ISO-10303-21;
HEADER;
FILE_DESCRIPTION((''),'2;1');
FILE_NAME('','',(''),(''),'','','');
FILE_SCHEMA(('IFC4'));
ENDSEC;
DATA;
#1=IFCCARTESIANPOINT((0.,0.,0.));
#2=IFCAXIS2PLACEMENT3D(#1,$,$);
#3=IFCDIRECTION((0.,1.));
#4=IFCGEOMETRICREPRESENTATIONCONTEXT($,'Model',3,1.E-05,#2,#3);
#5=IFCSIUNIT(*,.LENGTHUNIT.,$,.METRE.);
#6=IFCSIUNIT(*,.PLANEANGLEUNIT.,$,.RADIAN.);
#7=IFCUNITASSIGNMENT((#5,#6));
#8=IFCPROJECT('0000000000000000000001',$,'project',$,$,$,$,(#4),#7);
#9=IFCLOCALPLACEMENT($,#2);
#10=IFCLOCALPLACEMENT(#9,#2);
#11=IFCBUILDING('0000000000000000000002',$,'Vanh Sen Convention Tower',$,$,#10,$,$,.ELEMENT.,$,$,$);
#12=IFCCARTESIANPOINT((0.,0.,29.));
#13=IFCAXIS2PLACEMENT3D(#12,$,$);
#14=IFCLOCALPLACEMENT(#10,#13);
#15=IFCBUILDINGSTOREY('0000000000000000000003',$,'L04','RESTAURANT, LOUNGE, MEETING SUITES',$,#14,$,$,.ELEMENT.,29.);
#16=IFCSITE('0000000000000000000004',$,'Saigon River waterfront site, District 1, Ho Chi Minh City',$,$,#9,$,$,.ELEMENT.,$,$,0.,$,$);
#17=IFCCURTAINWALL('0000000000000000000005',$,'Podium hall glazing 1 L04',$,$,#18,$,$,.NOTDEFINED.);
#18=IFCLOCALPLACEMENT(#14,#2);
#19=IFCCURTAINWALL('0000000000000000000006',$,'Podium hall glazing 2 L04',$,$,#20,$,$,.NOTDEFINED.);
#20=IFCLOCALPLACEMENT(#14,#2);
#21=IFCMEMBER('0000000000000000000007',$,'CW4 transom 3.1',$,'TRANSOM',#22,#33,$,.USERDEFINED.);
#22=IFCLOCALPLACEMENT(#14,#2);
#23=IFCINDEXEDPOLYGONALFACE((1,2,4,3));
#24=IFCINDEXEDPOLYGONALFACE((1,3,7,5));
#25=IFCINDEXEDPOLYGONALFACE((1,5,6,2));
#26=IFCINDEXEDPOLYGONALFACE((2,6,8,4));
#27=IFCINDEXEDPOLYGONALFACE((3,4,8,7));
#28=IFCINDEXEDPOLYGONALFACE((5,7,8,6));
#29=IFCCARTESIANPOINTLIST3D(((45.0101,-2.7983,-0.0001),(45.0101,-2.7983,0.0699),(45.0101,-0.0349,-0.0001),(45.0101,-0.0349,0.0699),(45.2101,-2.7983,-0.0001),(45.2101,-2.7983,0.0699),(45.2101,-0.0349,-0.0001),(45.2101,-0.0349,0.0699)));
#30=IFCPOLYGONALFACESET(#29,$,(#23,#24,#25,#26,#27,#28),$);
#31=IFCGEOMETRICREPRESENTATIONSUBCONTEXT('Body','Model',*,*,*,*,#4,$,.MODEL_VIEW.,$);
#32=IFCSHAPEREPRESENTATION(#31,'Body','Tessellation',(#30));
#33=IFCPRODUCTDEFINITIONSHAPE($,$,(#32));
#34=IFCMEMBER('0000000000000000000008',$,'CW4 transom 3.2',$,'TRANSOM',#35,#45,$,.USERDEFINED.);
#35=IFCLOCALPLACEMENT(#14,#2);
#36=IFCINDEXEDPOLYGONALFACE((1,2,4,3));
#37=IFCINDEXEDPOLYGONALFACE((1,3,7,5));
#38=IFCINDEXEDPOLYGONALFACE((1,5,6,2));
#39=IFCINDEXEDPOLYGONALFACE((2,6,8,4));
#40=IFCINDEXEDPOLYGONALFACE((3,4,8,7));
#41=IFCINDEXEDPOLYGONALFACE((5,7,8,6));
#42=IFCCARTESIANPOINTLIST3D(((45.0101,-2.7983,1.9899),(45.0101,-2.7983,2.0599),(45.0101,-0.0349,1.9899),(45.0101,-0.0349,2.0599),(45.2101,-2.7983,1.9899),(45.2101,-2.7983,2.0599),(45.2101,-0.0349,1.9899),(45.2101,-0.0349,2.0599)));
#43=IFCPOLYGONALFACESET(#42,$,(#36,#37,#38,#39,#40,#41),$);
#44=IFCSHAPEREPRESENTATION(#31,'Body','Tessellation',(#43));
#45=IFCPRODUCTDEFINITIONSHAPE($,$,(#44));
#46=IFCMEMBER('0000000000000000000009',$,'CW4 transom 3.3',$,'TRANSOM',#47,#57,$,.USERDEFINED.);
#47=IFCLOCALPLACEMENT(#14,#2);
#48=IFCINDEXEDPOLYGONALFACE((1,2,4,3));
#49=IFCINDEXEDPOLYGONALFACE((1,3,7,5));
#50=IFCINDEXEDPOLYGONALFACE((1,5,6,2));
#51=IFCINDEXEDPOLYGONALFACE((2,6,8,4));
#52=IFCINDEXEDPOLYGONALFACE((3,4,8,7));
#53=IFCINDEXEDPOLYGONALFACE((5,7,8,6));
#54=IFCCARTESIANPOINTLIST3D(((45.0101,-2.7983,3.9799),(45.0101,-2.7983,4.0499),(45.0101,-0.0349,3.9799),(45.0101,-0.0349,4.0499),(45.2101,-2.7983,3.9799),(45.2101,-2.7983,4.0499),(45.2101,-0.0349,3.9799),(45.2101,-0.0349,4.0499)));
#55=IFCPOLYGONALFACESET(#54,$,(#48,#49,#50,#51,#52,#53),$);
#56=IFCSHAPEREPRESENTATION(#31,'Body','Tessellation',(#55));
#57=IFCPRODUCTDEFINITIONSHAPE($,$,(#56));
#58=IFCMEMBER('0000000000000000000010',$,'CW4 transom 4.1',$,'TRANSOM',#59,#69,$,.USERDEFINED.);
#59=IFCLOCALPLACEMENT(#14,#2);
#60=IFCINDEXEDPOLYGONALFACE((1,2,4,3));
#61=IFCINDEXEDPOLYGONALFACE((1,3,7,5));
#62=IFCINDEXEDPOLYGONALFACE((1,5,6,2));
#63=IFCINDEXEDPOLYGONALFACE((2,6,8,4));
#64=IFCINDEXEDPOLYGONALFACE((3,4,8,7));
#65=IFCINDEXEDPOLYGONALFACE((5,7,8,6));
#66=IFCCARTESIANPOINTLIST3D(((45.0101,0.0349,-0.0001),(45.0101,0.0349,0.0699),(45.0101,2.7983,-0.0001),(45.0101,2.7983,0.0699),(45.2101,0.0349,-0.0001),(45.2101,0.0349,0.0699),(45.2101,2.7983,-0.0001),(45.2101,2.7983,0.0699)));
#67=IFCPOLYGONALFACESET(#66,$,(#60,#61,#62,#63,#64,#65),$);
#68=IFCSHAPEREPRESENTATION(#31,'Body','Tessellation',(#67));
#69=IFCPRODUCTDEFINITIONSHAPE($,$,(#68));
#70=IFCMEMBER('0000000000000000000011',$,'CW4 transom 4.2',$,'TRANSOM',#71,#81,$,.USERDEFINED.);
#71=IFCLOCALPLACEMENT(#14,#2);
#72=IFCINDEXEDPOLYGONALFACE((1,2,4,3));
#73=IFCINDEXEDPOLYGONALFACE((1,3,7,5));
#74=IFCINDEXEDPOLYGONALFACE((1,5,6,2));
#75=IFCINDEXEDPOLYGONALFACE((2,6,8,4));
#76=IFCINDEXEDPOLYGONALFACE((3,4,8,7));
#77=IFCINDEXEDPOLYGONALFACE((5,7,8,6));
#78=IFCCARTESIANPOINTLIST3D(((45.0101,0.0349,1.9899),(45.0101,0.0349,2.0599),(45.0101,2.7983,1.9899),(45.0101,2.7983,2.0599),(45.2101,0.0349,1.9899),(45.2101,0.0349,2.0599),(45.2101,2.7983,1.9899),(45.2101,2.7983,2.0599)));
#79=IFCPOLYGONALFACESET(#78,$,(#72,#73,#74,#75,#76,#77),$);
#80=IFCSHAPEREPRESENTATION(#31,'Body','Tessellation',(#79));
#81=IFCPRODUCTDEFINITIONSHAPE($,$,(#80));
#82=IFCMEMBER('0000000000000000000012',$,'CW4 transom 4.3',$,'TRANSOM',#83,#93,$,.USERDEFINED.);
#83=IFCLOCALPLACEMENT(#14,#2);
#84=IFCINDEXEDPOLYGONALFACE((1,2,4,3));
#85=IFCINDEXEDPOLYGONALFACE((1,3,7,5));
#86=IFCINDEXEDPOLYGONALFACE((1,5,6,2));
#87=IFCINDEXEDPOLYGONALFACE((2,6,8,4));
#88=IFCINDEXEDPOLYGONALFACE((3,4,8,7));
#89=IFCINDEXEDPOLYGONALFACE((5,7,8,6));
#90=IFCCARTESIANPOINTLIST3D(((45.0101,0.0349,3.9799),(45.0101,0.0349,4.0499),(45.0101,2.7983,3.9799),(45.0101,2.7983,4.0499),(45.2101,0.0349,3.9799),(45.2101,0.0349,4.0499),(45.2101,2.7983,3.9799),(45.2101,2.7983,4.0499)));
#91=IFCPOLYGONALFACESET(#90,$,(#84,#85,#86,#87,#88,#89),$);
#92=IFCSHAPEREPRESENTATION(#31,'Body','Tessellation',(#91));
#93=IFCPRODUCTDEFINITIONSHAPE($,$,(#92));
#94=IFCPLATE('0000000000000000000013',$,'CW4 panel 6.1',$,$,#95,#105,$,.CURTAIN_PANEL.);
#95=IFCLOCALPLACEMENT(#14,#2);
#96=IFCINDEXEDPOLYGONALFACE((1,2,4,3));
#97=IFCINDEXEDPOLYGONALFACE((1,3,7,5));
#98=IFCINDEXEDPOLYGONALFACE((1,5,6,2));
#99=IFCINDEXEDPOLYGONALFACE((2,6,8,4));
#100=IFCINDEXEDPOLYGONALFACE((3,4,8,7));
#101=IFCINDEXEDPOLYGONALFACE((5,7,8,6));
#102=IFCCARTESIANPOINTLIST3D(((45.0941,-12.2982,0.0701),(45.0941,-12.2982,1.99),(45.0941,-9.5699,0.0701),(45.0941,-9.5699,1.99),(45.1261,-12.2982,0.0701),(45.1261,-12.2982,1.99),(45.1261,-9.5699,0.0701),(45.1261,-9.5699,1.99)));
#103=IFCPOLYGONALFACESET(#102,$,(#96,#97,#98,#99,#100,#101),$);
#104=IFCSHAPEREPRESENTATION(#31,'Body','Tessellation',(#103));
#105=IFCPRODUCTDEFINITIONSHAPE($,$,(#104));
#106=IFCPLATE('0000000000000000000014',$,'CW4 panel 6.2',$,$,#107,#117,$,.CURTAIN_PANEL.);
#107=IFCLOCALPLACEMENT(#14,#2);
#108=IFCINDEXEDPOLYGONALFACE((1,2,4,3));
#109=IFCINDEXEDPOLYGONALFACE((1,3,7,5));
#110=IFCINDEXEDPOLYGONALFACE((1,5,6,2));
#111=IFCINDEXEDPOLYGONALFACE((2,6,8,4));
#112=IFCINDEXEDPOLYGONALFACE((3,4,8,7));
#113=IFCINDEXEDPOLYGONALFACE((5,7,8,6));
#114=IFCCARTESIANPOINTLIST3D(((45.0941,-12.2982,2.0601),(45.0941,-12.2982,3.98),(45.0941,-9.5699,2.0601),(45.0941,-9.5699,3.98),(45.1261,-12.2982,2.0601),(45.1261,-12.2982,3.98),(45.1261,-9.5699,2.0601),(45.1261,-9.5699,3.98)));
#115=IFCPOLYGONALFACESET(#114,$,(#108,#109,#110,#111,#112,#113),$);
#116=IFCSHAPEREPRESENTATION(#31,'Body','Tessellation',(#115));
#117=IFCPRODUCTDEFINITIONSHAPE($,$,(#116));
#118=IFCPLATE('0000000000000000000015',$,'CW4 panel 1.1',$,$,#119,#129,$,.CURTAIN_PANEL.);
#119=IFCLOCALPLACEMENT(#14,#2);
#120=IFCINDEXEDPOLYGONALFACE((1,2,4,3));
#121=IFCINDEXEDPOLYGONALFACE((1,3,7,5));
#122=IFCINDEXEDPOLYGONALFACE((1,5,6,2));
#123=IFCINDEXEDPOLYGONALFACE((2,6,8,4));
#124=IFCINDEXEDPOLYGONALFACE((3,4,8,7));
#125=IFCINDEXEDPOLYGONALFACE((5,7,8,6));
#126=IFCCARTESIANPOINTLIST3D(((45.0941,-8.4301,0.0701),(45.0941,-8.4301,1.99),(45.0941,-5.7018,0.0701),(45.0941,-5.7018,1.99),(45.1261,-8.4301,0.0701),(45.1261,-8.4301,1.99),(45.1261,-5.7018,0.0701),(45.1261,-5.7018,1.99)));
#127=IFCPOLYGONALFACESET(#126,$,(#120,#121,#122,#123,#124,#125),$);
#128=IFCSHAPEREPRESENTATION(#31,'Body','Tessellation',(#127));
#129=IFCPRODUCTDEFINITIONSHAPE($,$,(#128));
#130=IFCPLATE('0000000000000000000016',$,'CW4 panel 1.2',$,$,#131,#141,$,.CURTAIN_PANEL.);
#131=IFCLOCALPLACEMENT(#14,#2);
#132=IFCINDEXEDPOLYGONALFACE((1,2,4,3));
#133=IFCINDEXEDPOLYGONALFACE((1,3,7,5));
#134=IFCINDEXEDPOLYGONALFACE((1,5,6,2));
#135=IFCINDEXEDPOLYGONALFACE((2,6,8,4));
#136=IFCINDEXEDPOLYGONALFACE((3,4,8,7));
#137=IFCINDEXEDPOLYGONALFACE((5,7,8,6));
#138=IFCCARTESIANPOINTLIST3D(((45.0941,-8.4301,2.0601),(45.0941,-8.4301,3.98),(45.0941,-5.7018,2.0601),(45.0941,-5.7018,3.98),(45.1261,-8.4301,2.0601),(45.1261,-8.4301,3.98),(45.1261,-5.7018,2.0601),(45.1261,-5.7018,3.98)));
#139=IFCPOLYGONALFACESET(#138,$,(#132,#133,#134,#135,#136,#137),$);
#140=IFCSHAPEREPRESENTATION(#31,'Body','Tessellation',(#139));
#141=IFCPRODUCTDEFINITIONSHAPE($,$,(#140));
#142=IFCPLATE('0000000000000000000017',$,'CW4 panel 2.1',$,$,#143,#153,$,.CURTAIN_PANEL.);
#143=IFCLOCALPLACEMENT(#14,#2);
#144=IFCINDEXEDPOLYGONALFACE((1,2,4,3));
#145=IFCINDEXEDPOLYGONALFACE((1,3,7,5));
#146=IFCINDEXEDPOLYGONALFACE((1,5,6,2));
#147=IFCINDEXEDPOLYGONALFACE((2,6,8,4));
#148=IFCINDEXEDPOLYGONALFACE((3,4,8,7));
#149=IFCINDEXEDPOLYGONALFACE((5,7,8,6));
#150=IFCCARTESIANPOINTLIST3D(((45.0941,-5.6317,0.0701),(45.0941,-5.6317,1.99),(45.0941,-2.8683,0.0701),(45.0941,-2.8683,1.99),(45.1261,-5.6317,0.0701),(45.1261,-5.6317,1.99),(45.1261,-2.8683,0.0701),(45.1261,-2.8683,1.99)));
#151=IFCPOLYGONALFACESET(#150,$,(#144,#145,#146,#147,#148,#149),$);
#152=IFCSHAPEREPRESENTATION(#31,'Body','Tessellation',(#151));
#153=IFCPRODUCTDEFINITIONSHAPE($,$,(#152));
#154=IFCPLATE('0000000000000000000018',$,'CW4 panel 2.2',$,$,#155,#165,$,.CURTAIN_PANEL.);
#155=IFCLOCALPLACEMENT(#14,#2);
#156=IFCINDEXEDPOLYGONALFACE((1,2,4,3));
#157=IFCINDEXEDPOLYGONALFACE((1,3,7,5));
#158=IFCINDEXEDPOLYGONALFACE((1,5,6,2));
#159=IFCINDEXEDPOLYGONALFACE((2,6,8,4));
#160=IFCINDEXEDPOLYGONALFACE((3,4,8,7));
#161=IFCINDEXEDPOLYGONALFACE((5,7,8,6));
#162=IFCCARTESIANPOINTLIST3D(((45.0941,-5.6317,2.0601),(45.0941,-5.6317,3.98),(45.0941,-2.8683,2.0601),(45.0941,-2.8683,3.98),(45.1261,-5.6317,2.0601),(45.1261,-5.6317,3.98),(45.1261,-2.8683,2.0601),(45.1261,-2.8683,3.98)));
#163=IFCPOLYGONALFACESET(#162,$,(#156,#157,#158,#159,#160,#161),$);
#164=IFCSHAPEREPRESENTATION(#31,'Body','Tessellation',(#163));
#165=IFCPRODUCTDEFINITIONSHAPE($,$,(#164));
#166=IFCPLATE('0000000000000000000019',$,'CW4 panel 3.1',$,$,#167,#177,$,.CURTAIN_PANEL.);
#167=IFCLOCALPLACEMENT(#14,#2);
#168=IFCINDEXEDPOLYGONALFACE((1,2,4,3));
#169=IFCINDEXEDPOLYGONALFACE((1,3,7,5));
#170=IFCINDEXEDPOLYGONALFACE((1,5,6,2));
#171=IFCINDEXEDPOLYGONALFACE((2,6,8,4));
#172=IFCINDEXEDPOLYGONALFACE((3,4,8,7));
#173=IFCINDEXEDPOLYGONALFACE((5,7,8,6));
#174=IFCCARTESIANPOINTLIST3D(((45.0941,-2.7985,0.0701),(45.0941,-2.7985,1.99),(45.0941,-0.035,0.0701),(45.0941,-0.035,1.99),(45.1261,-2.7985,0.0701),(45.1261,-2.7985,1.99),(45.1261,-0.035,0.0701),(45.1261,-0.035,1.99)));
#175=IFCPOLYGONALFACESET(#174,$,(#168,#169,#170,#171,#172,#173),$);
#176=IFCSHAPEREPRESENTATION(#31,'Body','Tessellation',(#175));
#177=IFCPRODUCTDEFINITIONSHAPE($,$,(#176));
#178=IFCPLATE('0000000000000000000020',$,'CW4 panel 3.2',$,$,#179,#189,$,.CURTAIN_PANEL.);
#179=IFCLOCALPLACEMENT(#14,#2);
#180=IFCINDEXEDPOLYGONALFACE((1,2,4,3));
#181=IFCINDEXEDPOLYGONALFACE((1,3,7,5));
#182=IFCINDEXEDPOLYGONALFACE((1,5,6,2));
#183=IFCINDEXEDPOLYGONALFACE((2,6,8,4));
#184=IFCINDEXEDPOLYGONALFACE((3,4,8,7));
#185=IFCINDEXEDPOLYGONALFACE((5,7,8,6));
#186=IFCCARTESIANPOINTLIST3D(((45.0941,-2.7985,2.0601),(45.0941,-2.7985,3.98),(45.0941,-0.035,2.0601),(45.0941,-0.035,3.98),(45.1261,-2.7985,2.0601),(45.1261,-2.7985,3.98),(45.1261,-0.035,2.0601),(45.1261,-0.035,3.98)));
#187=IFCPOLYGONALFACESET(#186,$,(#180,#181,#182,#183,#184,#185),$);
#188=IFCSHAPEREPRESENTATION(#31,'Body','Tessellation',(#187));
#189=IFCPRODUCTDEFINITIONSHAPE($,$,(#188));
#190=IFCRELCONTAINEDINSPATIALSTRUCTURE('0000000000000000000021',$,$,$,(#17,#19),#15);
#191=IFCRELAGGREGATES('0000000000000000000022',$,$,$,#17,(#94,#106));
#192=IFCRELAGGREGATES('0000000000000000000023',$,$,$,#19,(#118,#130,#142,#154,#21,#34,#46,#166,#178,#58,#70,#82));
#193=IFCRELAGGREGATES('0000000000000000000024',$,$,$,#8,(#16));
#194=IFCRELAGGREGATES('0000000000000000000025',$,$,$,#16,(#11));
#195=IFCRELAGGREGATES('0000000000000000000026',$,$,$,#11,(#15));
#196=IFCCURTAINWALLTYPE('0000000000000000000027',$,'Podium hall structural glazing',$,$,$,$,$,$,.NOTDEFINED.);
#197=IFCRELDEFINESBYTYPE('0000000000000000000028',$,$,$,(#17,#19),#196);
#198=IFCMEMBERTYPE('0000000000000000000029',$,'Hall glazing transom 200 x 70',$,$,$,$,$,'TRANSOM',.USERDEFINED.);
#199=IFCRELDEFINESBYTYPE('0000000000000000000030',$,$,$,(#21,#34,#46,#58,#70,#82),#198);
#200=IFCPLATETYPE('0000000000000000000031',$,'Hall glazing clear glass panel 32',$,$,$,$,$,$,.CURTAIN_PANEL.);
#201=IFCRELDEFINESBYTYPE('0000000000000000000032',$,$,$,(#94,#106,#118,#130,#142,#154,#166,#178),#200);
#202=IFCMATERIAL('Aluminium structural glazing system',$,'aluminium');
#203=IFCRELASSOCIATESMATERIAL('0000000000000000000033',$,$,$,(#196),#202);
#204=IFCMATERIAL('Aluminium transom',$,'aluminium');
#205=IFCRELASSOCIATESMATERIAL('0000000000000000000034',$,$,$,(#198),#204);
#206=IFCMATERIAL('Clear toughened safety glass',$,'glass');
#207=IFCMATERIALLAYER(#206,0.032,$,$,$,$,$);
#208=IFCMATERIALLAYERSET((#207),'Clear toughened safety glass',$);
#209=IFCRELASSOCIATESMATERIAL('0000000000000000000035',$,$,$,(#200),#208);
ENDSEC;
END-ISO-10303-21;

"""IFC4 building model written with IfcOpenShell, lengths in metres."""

from ifc_helpers import new_model, si_unit, direction, frame, origin, origin_2d, place, context, subcontext, project, spatial, rectangle, extrude, material, layer, layer_set, material_profile, profile_set, type_object, element, aggregate, save


model = new_model("IFC4")

# Units and contexts
model_context = context("Model", 3, precision=1e-05, world=origin(), true_north=direction((0.0, 1.0)))
body_context = subcontext(model_context, "Body", "Model", "MODEL_VIEW")
ifc_project = project(units=[si_unit("LENGTHUNIT", "METRE"), si_unit("PLANEANGLEUNIT", "RADIAN")], contexts=[model_context])

# Site, building, storey
site_placement = place(None, origin())
site = spatial("IfcSite", under=ifc_project, at=site_placement, Name="Saigon River waterfront site, District 1, Ho Chi Minh City", CompositionType="ELEMENT", RefElevation=0.0)
building_placement = place(site_placement, origin())
building = spatial("IfcBuilding", under=site, at=building_placement, Name="Vanh Sen Convention Tower", CompositionType="ELEMENT")
storey_placement = place(building_placement, frame((0.0, 0.0, 29.0)))
storey = spatial("IfcBuildingStorey", under=building, at=storey_placement, Name="L04", Description="RESTAURANT, LOUNGE, MEETING SUITES", CompositionType="ELEMENT", Elevation=29.0)

# Curtain walls
ifc_material_1 = material(Name="Aluminium structural glazing system", Category="aluminium")
curtain_wall_type = type_object("IfcCurtainWallType", Name="Podium hall structural glazing", PredefinedType="NOTDEFINED", material=ifc_material_1)
curtain_wall_1_placement = place(storey_placement, origin())
curtain_wall_1 = element("IfcCurtainWall", 1, at=curtain_wall_1_placement, inside=storey, type_object=curtain_wall_type, Name="Podium hall glazing 1 L04", PredefinedType="NOTDEFINED")
curtain_wall_2_placement = place(storey_placement, origin())
curtain_wall_2 = element("IfcCurtainWall", 2, at=curtain_wall_2_placement, inside=storey, type_object=curtain_wall_type, Name="Podium hall glazing 2 L04", PredefinedType="NOTDEFINED")

# Members
ifc_material_2 = material(Name="Aluminium transom", Category="aluminium")
ifc_material_profile_1 = material_profile(ifc_material_2, rectangle(XDim=0.2, YDim=0.0701, at=origin_2d()), Name="Hall glazing transom 200 x 70")
ifc_profile_set_1 = profile_set([ifc_material_profile_1], Name="Aluminium transom")
member_type_1 = type_object("IfcMemberType", Name="Hall glazing transom 200 x 70", ElementType="TRANSOM", PredefinedType="USERDEFINED", material=ifc_profile_set_1)
member_1_placement = place(storey_placement, frame((45.1101, -2.7983, 0.0349), z_axis=(0.0, 1.0, 0.0), x_axis=(-1.0, 0.0, 0.0)))
member_1 = element("IfcMember", 3, at=member_1_placement, type_object=member_type_1, Name="CW4 transom 3.1", ObjectType="TRANSOM", PredefinedType="USERDEFINED", context=body_context, shape_type="SweptSolid", body=[
    extrude(rectangle(XDim=0.2, YDim=0.0701, at=origin_2d()), origin(), (0.0, 0.0, 1.0), 2.7634),
])
member_2_placement = place(storey_placement, frame((45.1101, -2.7983, 2.0249), z_axis=(0.0, 1.0, 0.0), x_axis=(-1.0, 0.0, 0.0)))
member_2 = element("IfcMember", 4, at=member_2_placement, type_object=member_type_1, Name="CW4 transom 3.2", ObjectType="TRANSOM", PredefinedType="USERDEFINED", context=body_context, shape_type="SweptSolid", body=[
    extrude(rectangle(XDim=0.2, YDim=0.0701, at=origin_2d()), origin(), (0.0, 0.0, 1.0), 2.7634),
])
member_3_placement = place(storey_placement, frame((45.1101, -2.7983, 4.0149), z_axis=(0.0, 1.0, 0.0), x_axis=(-1.0, 0.0, 0.0)))
member_3 = element("IfcMember", 5, at=member_3_placement, type_object=member_type_1, Name="CW4 transom 3.3", ObjectType="TRANSOM", PredefinedType="USERDEFINED", context=body_context, shape_type="SweptSolid", body=[
    extrude(rectangle(XDim=0.2, YDim=0.0701, at=origin_2d()), origin(), (0.0, 0.0, 1.0), 2.7634),
])
member_4_placement = place(storey_placement, frame((45.1101, 0.0349, 0.0349), z_axis=(0.0, 1.0, 0.0), x_axis=(-1.0, 0.0, 0.0)))
member_4 = element("IfcMember", 6, at=member_4_placement, type_object=member_type_1, Name="CW4 transom 4.1", ObjectType="TRANSOM", PredefinedType="USERDEFINED", context=body_context, shape_type="SweptSolid", body=[
    extrude(rectangle(XDim=0.2, YDim=0.0701, at=origin_2d()), origin(), (0.0, 0.0, 1.0), 2.7634),
])
member_5_placement = place(storey_placement, frame((45.1101, 0.0349, 2.0249), z_axis=(0.0, 1.0, 0.0), x_axis=(-1.0, 0.0, 0.0)))
member_5 = element("IfcMember", 7, at=member_5_placement, type_object=member_type_1, Name="CW4 transom 4.2", ObjectType="TRANSOM", PredefinedType="USERDEFINED", context=body_context, shape_type="SweptSolid", body=[
    extrude(rectangle(XDim=0.2, YDim=0.0701, at=origin_2d()), origin(), (0.0, 0.0, 1.0), 2.7634),
])
member_6_placement = place(storey_placement, frame((45.1101, 0.0349, 4.0149), z_axis=(0.0, 1.0, 0.0), x_axis=(-1.0, 0.0, 0.0)))
member_6 = element("IfcMember", 8, at=member_6_placement, type_object=member_type_1, Name="CW4 transom 4.3", ObjectType="TRANSOM", PredefinedType="USERDEFINED", context=body_context, shape_type="SweptSolid", body=[
    extrude(rectangle(XDim=0.2, YDim=0.0701, at=origin_2d()), origin(), (0.0, 0.0, 1.0), 2.7634),
])

# Plates
ifc_material_3 = material(Name="Clear toughened safety glass", Category="glass")
ifc_layer = layer(ifc_material_3, 0.032)
ifc_layer_set = layer_set([ifc_layer], Name="Clear toughened safety glass")
plate_type = type_object("IfcPlateType", Name="Hall glazing clear glass panel 32", PredefinedType="CURTAIN_PANEL", material=ifc_layer_set)
plate_1_placement = place(storey_placement, frame((45.1101, -10.9341, 0.0701), z_axis=(0.0, 0.0, 1.0), x_axis=(0.0, 1.0, 0.0)))
plate_1 = element("IfcPlate", 9, at=plate_1_placement, type_object=plate_type, Name="CW4 panel 6.1", PredefinedType="CURTAIN_PANEL", context=body_context, shape_type="SweptSolid", body=[
    extrude(rectangle(XDim=2.7283, YDim=0.032, at=origin_2d()), origin(), (0.0, 0.0, 1.0), 1.9199),
])
plate_2_placement = place(storey_placement, frame((45.1101, -10.9341, 2.0601), z_axis=(0.0, 0.0, 1.0), x_axis=(0.0, 1.0, 0.0)))
plate_2 = element("IfcPlate", 10, at=plate_2_placement, type_object=plate_type, Name="CW4 panel 6.2", PredefinedType="CURTAIN_PANEL", context=body_context, shape_type="SweptSolid", body=[
    extrude(rectangle(XDim=2.7283, YDim=0.032, at=origin_2d()), origin(), (0.0, 0.0, 1.0), 1.9199),
])
aggregate(curtain_wall_1, [plate_1, plate_2])
plate_3_placement = place(storey_placement, frame((45.1101, -7.0659, 0.0701), z_axis=(0.0, 0.0, 1.0), x_axis=(0.0, 1.0, 0.0)))
plate_3 = element("IfcPlate", 11, at=plate_3_placement, type_object=plate_type, Name="CW4 panel 1.1", PredefinedType="CURTAIN_PANEL", context=body_context, shape_type="SweptSolid", body=[
    extrude(rectangle(XDim=2.7283, YDim=0.032, at=origin_2d()), origin(), (0.0, 0.0, 1.0), 1.9199),
])
plate_4_placement = place(storey_placement, frame((45.1101, -7.0659, 2.0601), z_axis=(0.0, 0.0, 1.0), x_axis=(0.0, 1.0, 0.0)))
plate_4 = element("IfcPlate", 12, at=plate_4_placement, type_object=plate_type, Name="CW4 panel 1.2", PredefinedType="CURTAIN_PANEL", context=body_context, shape_type="SweptSolid", body=[
    extrude(rectangle(XDim=2.7283, YDim=0.032, at=origin_2d()), origin(), (0.0, 0.0, 1.0), 1.9199),
])
plate_5_placement = place(storey_placement, frame((45.1101, -4.25, 0.0701), z_axis=(0.0, 0.0, 1.0), x_axis=(0.0, 1.0, 0.0)))
plate_5 = element("IfcPlate", 13, at=plate_5_placement, type_object=plate_type, Name="CW4 panel 2.1", PredefinedType="CURTAIN_PANEL", context=body_context, shape_type="SweptSolid", body=[
    extrude(rectangle(XDim=2.7634, YDim=0.032, at=origin_2d()), origin(), (0.0, 0.0, 1.0), 1.9199),
])
plate_6_placement = place(storey_placement, frame((45.1101, -4.25, 2.0601), z_axis=(0.0, 0.0, 1.0), x_axis=(0.0, 1.0, 0.0)))
plate_6 = element("IfcPlate", 14, at=plate_6_placement, type_object=plate_type, Name="CW4 panel 2.2", PredefinedType="CURTAIN_PANEL", context=body_context, shape_type="SweptSolid", body=[
    extrude(rectangle(XDim=2.7634, YDim=0.032, at=origin_2d()), origin(), (0.0, 0.0, 1.0), 1.9199),
])
plate_7_placement = place(storey_placement, frame((45.1101, -1.4167, 0.0701), z_axis=(0.0, 0.0, 1.0), x_axis=(0.0, 1.0, 0.0)))
plate_7 = element("IfcPlate", 15, at=plate_7_placement, type_object=plate_type, Name="CW4 panel 3.1", PredefinedType="CURTAIN_PANEL", context=body_context, shape_type="SweptSolid", body=[
    extrude(rectangle(XDim=2.7634, YDim=0.032, at=origin_2d()), origin(), (0.0, 0.0, 1.0), 1.9199),
])
plate_8_placement = place(storey_placement, frame((45.1101, -1.4167, 2.0601), z_axis=(0.0, 0.0, 1.0), x_axis=(0.0, 1.0, 0.0)))
plate_8 = element("IfcPlate", 16, at=plate_8_placement, type_object=plate_type, Name="CW4 panel 3.2", PredefinedType="CURTAIN_PANEL", context=body_context, shape_type="SweptSolid", body=[
    extrude(rectangle(XDim=2.7634, YDim=0.032, at=origin_2d()), origin(), (0.0, 0.0, 1.0), 1.9199),
])
aggregate(curtain_wall_2, [plate_3, plate_4, plate_5, plate_6, member_1, member_2, member_3, plate_7, plate_8, member_4, member_5, member_6])

save(model, "model.ifc")
